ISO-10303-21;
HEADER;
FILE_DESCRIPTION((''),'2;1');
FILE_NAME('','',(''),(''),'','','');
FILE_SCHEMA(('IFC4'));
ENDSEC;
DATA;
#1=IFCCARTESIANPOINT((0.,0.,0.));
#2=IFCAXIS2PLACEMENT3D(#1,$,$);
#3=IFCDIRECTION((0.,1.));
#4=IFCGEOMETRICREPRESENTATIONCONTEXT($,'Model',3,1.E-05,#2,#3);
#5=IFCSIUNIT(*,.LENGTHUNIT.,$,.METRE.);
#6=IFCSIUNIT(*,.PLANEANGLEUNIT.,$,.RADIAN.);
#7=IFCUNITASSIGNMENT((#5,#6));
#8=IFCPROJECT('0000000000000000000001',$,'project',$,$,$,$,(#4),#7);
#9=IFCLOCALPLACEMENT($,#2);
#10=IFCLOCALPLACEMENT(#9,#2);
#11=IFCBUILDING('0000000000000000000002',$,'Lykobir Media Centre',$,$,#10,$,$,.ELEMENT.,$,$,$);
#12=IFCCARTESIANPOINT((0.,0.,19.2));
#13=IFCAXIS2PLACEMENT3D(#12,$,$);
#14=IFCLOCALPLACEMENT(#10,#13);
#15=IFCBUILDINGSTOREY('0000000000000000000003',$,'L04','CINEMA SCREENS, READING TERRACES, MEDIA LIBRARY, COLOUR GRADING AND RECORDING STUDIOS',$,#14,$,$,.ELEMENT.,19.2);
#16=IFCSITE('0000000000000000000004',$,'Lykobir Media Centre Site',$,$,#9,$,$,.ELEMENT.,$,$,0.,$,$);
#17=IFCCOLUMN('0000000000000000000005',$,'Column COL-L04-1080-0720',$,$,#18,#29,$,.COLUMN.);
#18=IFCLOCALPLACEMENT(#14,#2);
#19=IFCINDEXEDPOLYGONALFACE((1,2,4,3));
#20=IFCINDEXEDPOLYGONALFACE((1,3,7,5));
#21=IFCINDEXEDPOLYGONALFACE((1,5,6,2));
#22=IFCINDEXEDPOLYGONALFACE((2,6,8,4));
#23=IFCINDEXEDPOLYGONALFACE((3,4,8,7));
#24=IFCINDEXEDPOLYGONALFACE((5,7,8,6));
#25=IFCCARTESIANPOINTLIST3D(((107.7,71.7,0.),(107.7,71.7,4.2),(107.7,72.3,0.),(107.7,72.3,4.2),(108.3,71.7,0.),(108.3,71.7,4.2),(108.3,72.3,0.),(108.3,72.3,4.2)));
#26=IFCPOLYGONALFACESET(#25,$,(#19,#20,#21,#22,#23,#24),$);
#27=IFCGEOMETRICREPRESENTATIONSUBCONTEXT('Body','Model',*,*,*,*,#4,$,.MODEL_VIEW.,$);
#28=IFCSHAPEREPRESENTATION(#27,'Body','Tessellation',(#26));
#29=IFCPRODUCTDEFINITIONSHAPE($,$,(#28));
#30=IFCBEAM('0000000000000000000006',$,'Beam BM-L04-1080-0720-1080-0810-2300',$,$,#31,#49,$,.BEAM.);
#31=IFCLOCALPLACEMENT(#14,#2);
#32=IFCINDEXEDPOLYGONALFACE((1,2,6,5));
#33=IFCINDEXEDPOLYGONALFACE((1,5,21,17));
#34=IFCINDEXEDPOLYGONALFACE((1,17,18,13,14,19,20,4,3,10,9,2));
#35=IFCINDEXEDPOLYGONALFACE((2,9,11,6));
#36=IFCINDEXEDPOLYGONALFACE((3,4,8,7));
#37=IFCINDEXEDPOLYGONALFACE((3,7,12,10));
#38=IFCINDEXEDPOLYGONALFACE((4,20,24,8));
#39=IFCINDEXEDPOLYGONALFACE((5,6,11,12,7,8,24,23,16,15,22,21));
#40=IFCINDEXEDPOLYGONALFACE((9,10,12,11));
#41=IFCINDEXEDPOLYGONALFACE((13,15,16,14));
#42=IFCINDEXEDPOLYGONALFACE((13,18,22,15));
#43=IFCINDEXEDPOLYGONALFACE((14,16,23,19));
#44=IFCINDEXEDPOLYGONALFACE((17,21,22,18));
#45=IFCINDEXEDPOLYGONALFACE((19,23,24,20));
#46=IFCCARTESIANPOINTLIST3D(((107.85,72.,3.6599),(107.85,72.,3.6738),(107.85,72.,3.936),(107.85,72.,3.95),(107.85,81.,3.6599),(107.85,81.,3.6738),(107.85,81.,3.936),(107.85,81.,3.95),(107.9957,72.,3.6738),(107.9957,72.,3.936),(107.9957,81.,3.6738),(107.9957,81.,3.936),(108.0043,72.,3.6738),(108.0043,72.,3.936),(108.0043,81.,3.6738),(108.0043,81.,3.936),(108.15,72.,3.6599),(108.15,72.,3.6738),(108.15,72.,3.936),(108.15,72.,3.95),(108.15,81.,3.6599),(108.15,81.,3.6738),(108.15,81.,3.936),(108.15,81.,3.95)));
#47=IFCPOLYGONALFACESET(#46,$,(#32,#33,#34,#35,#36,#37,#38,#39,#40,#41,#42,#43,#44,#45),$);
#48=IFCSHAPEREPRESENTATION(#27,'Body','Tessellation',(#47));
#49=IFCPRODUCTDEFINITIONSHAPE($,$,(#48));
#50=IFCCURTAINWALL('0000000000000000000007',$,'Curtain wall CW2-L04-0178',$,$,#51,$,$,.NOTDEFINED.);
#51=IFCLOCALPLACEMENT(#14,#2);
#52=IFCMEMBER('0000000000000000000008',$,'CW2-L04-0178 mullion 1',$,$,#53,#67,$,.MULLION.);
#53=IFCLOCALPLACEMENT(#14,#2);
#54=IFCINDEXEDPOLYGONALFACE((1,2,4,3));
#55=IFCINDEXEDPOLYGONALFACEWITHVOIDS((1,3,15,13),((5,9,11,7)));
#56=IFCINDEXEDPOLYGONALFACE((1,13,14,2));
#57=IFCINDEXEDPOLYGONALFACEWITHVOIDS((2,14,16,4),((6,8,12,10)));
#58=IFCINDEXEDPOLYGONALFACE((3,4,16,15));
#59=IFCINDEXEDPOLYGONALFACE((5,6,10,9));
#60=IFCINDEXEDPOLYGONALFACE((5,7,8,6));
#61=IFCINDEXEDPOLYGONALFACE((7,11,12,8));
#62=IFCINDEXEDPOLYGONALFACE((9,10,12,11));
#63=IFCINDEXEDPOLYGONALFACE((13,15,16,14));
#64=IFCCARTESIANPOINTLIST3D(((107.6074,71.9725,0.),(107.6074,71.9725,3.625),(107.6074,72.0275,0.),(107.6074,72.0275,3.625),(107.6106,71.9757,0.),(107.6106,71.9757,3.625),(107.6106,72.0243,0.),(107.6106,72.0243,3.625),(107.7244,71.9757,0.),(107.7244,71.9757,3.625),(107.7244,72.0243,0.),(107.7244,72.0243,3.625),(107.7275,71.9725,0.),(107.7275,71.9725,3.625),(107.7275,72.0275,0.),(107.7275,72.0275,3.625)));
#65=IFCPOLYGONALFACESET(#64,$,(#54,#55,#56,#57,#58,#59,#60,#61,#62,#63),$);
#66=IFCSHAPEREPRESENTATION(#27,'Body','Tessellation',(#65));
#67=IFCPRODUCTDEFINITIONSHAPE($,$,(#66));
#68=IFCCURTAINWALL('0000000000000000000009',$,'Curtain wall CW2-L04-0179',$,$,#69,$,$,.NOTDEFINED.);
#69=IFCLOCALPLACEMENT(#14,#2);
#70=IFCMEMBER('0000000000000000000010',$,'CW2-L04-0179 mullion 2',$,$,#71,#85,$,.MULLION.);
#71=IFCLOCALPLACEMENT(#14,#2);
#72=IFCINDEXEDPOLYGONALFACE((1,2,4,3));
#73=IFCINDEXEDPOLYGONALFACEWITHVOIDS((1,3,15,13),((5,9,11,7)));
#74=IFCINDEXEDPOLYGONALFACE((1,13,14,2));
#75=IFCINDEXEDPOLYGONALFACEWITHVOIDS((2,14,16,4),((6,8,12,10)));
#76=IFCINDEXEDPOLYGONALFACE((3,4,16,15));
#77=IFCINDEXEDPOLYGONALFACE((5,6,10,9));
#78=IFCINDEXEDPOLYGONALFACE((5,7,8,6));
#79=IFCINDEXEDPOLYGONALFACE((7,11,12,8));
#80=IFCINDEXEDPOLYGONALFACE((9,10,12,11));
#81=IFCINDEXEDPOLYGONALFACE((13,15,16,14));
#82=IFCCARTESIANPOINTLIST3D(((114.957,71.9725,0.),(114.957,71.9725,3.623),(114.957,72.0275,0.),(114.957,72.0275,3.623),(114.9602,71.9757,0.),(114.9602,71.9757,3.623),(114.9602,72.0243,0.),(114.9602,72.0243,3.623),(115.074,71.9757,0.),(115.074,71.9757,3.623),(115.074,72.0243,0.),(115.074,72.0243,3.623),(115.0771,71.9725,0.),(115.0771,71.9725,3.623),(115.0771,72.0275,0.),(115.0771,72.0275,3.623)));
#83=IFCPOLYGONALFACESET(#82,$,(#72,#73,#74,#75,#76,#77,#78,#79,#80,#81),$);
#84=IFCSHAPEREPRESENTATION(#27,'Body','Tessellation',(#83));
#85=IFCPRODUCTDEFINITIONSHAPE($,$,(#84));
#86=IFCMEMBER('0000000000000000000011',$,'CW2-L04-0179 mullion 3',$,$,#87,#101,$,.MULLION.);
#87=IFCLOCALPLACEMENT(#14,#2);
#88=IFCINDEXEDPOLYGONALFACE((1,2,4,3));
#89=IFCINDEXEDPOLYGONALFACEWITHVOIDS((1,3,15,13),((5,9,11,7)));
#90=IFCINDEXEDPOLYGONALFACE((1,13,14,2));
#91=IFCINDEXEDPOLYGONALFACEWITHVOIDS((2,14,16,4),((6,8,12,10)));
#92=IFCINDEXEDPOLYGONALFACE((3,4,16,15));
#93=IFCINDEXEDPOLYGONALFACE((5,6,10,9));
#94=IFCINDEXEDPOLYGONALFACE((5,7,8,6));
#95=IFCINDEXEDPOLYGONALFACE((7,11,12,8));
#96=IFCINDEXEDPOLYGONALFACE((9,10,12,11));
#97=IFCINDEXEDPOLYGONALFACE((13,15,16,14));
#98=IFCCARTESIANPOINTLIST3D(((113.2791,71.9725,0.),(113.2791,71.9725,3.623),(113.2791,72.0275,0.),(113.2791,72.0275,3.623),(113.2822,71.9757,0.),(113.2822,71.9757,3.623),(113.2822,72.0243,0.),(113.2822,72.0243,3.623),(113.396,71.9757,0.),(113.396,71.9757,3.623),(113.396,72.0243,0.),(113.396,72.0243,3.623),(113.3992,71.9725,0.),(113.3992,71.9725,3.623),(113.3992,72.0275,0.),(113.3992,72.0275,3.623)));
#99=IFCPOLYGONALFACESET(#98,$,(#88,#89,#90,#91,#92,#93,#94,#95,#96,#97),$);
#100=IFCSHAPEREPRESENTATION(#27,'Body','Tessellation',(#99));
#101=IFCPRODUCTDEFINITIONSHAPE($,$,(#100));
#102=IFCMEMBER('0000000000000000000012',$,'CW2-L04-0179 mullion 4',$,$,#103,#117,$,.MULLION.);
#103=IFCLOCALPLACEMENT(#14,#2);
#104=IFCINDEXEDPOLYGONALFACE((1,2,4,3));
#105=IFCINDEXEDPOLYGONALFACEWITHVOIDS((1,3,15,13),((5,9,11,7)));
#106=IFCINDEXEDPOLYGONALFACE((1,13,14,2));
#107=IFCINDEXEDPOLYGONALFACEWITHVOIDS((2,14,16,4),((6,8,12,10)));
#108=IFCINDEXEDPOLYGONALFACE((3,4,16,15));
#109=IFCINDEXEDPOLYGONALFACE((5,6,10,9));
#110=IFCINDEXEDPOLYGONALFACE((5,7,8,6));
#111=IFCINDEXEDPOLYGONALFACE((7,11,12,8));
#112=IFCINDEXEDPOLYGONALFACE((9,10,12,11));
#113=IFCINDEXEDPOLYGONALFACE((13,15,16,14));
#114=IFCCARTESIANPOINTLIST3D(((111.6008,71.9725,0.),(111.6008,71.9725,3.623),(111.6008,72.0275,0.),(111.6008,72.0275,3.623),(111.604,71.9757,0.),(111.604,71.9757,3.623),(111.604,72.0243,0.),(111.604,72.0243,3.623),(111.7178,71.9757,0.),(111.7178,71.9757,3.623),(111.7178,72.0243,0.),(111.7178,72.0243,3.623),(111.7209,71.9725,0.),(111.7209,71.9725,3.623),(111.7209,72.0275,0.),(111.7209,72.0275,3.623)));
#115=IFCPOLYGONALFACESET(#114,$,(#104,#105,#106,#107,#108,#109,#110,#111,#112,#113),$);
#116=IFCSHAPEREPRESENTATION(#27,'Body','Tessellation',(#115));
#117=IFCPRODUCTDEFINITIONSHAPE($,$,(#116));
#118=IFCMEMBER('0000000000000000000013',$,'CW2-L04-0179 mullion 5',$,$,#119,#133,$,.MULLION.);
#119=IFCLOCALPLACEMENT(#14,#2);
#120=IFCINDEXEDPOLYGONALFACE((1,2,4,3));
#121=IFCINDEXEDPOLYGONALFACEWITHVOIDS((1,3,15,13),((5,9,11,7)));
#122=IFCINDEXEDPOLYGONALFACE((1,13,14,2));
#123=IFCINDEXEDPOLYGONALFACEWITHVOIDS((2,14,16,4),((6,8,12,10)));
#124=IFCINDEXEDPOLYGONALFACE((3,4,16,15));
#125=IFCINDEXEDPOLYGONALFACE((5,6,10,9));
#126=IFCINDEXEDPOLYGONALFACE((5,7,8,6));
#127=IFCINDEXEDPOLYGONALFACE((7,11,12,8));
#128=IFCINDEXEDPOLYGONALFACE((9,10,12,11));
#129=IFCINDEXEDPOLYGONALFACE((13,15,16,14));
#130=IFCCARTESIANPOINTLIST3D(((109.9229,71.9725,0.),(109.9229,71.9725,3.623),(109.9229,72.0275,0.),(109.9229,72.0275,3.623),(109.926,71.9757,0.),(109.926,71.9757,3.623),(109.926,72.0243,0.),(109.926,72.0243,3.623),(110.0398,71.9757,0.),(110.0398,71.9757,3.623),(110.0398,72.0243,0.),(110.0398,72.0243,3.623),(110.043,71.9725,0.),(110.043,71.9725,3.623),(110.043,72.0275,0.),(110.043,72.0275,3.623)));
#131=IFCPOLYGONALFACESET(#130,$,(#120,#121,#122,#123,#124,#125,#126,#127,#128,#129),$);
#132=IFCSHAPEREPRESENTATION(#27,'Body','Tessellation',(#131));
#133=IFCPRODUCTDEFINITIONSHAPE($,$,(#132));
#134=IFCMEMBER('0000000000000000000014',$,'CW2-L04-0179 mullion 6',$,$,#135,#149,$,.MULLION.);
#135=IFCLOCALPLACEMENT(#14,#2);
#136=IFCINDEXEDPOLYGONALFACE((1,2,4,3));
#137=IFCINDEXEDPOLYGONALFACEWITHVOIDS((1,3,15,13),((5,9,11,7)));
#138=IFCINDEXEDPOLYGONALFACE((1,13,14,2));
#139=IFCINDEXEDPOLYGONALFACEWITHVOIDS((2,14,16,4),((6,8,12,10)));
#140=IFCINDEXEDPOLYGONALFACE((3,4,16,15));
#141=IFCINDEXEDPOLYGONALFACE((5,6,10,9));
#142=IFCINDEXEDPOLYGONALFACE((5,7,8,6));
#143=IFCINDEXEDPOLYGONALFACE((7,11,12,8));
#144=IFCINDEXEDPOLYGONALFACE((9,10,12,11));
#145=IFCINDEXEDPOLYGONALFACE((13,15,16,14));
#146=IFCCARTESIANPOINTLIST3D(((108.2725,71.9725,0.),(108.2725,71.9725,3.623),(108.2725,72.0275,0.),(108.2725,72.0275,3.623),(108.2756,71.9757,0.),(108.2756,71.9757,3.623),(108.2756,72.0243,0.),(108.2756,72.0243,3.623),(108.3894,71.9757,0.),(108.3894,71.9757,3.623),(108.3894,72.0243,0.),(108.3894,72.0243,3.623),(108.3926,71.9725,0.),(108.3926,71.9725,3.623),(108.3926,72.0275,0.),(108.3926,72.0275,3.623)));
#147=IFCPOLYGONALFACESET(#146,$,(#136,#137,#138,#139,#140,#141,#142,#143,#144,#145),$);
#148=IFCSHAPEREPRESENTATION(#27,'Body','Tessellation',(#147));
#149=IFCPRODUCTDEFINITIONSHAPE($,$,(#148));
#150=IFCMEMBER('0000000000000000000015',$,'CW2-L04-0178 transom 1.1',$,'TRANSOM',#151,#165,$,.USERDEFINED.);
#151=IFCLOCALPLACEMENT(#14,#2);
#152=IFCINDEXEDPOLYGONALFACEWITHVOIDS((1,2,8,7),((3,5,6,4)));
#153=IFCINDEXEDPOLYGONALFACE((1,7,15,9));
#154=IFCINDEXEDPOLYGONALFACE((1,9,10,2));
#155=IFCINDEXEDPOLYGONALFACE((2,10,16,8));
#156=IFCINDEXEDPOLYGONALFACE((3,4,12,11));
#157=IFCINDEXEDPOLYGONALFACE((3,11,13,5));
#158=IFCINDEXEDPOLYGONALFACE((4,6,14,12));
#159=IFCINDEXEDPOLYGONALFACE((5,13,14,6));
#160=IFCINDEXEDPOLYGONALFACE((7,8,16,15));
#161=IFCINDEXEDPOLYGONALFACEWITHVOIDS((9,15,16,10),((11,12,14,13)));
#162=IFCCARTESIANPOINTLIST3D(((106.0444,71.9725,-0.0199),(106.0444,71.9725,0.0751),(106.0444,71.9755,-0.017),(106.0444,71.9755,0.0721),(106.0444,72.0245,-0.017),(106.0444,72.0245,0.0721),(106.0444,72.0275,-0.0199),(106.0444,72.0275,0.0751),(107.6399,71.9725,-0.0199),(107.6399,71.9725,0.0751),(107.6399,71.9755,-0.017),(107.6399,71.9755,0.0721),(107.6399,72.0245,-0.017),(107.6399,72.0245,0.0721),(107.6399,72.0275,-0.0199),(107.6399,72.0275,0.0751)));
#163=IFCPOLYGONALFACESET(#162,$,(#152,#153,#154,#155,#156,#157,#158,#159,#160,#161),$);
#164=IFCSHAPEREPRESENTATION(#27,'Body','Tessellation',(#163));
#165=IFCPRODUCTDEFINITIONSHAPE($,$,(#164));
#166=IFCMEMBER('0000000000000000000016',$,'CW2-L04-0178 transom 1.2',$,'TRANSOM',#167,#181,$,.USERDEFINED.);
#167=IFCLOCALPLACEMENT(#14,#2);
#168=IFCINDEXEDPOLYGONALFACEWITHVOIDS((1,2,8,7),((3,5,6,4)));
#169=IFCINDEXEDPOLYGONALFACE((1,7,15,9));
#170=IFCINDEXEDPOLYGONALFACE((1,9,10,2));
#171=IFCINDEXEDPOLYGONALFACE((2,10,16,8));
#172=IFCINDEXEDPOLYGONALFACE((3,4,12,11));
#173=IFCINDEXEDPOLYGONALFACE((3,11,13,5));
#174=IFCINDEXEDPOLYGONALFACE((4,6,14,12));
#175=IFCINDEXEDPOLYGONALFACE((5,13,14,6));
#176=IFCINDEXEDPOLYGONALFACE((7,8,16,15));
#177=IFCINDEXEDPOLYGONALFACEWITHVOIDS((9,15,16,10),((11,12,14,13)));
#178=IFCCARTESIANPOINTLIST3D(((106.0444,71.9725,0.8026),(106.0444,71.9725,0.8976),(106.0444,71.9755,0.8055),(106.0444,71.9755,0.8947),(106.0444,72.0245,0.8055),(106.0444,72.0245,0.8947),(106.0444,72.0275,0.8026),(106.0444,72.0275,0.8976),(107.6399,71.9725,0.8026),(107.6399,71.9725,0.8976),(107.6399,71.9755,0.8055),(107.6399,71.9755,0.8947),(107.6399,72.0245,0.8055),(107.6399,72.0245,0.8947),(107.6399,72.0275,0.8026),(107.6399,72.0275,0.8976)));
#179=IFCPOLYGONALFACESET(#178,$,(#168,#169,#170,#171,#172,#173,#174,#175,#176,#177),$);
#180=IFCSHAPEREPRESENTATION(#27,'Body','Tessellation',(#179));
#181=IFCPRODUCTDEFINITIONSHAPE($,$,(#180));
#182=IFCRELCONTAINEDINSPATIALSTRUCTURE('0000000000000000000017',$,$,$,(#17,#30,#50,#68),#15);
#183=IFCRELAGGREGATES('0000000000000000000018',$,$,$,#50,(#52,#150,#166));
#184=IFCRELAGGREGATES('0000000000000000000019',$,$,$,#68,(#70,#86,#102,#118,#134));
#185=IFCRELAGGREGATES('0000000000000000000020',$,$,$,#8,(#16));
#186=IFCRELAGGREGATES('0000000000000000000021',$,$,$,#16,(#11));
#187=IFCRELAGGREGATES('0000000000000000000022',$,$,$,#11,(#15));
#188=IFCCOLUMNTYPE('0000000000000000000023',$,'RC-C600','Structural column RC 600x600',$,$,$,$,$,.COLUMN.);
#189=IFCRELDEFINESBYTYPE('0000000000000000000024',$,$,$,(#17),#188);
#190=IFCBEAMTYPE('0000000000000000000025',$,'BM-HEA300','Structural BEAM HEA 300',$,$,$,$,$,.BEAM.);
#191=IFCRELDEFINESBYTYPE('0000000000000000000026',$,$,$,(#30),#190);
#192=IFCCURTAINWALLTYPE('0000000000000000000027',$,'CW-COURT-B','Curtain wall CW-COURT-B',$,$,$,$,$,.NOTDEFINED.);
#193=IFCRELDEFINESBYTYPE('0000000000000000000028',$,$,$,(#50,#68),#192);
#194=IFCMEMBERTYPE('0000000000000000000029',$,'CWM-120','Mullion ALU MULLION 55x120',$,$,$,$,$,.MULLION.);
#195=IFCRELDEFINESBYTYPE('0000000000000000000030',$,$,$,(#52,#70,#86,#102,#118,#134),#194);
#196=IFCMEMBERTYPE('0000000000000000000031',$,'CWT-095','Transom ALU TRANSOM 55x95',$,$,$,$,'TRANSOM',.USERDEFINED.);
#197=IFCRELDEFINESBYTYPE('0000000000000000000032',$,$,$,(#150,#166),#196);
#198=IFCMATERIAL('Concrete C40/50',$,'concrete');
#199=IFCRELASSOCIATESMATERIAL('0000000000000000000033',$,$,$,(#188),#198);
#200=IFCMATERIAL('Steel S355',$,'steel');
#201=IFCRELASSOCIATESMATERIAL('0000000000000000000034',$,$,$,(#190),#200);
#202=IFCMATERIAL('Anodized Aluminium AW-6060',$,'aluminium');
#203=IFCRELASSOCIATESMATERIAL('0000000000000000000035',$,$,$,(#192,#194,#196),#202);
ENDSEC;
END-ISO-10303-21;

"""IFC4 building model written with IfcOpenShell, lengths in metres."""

from ifc_helpers import new_model, si_unit, direction, frame, origin, origin_2d, place, context, subcontext, project, spatial, rectangle, hollow_rectangle, i_section, extrude, material, material_profile, profile_set, type_object, element, aggregate, save


model = new_model("IFC4")

# Units and contexts
model_context = context("Model", 3, precision=1e-05, world=origin(), true_north=direction((0.0, 1.0)))
body_context = subcontext(model_context, "Body", "Model", "MODEL_VIEW")
ifc_project = project(units=[si_unit("LENGTHUNIT", "METRE"), si_unit("PLANEANGLEUNIT", "RADIAN")], contexts=[model_context])

# Site, building, storey
site_placement = place(None, origin())
site = spatial("IfcSite", under=ifc_project, at=site_placement, Name="Lykobir Media Centre Site", CompositionType="ELEMENT", RefElevation=0.0)
building_placement = place(site_placement, origin())
building = spatial("IfcBuilding", under=site, at=building_placement, Name="Lykobir Media Centre", CompositionType="ELEMENT")
storey_placement = place(building_placement, frame((0.0, 0.0, 19.2)))
storey = spatial("IfcBuildingStorey", under=building, at=storey_placement, Name="L04", Description="CINEMA SCREENS, READING TERRACES, MEDIA LIBRARY, COLOUR GRADING AND RECORDING STUDIOS", CompositionType="ELEMENT", Elevation=19.2)

# Column
ifc_material_1 = material(Name="Concrete C40/50", Category="concrete")
ifc_material_profile_1 = material_profile(ifc_material_1, rectangle(XDim=0.6001, YDim=0.6001, at=origin_2d()), Name="RC 600x600")
ifc_profile_set_1 = profile_set([ifc_material_profile_1], Name="Concrete C40/50")
column_type = type_object("IfcColumnType", Name="RC-C600", Description="Structural column RC 600x600", PredefinedType="COLUMN", material=ifc_profile_set_1)
column_placement = place(storey_placement, frame((108.0, 72.0, 0.0), z_axis=(0.0, 0.0, 1.0), x_axis=(1.0, 0.0, 0.0)))
element("IfcColumn", 1, at=column_placement, inside=storey, type_object=column_type, Name="Column COL-L04-1080-0720", PredefinedType="COLUMN", context=body_context, shape_type="SweptSolid", body=[
    extrude(rectangle(XDim=0.6001, YDim=0.6001, at=origin_2d()), origin(), (0.0, 0.0, 1.0), 4.2),
])

# Beam
ifc_material_2 = material(Name="Steel S355", Category="steel")
ifc_material_profile_2 = material_profile(ifc_material_2, i_section(OverallWidth=0.3, OverallDepth=0.29, WebThickness=0.0085, FlangeThickness=0.0139, at=origin_2d()), Name="HEA 300")
ifc_profile_set_2 = profile_set([ifc_material_profile_2], Name="Steel S355")
beam_type_1 = type_object("IfcBeamType", Name="BM-HEA300", Description="Structural BEAM HEA 300", PredefinedType="BEAM", material=ifc_profile_set_2)
beam_1_placement = place(storey_placement, frame((108.0, 72.0, 3.8049), z_axis=(0.0, 1.0, 0.0), x_axis=(-1.0, 0.0, 0.0)))
element("IfcBeam", 2, at=beam_1_placement, inside=storey, type_object=beam_type_1, Name="Beam BM-L04-1080-0720-1080-0810-2300", PredefinedType="BEAM", context=body_context, shape_type="SweptSolid", body=[
    extrude(i_section(OverallWidth=0.3, OverallDepth=0.29, WebThickness=0.0085, FlangeThickness=0.0139, at=origin_2d()), origin(), (0.0, 0.0, 1.0), 9.0),
])

# Curtain wall, member
ifc_material_3 = material(Name="Anodized Aluminium AW-6060", Category="aluminium")
curtain_wall_type = type_object("IfcCurtainWallType", Name="CW-COURT-B", Description="Curtain wall CW-COURT-B", PredefinedType="NOTDEFINED", material=ifc_material_3)
curtain_wall_1_placement = place(storey_placement, origin())
curtain_wall_1 = element("IfcCurtainWall", 3, at=curtain_wall_1_placement, inside=storey, type_object=curtain_wall_type, Name="Curtain wall CW2-L04-0178", PredefinedType="NOTDEFINED")
ifc_material_profile_3 = material_profile(ifc_material_3, hollow_rectangle(XDim=0.0549, YDim=0.1201, WallThickness=0.0032, at=origin_2d()), Name="ALU MULLION 55x120")
ifc_profile_set_3 = profile_set([ifc_material_profile_3], Name="Anodized Aluminium AW-6060")
member_type_1 = type_object("IfcMemberType", Name="CWM-120", Description="Mullion ALU MULLION 55x120", PredefinedType="MULLION", material=ifc_profile_set_3)
member_1_placement = place(storey_placement, frame((107.6675, 72.0, 0.0), z_axis=(0.0, 0.0, 1.0), x_axis=(0.0, -1.0, 0.0)))
member_1 = element("IfcMember", 4, at=member_1_placement, type_object=member_type_1, Name="CW2-L04-0178 mullion 1", PredefinedType="MULLION", context=body_context, shape_type="SweptSolid", body=[
    extrude(hollow_rectangle(XDim=0.0549, YDim=0.1201, WallThickness=0.0032, at=origin_2d()), origin(), (0.0, 0.0, 1.0), 3.625),
])

# Curtain wall, members
curtain_wall_2_placement = place(storey_placement, origin())
curtain_wall_2 = element("IfcCurtainWall", 5, at=curtain_wall_2_placement, inside=storey, type_object=curtain_wall_type, Name="Curtain wall CW2-L04-0179", PredefinedType="NOTDEFINED")
member_2_placement = place(storey_placement, frame((115.0171, 72.0, 0.0), z_axis=(0.0, 0.0, 1.0), x_axis=(0.0, -1.0, 0.0)))
member_2 = element("IfcMember", 6, at=member_2_placement, type_object=member_type_1, Name="CW2-L04-0179 mullion 2", PredefinedType="MULLION", context=body_context, shape_type="SweptSolid", body=[
    extrude(hollow_rectangle(XDim=0.0549, YDim=0.1201, WallThickness=0.0032, at=origin_2d()), origin(), (0.0, 0.0, 1.0), 3.623),
])
member_3_placement = place(storey_placement, frame((113.3391, 72.0, 0.0), z_axis=(0.0, 0.0, 1.0), x_axis=(0.0, -1.0, 0.0)))
member_3 = element("IfcMember", 7, at=member_3_placement, type_object=member_type_1, Name="CW2-L04-0179 mullion 3", PredefinedType="MULLION", context=body_context, shape_type="SweptSolid", body=[
    extrude(hollow_rectangle(XDim=0.0549, YDim=0.1201, WallThickness=0.0032, at=origin_2d()), origin(), (0.0, 0.0, 1.0), 3.623),
])
member_4_placement = place(storey_placement, frame((111.6609, 72.0, 0.0), z_axis=(0.0, 0.0, 1.0), x_axis=(0.0, -1.0, 0.0)))
member_4 = element("IfcMember", 8, at=member_4_placement, type_object=member_type_1, Name="CW2-L04-0179 mullion 4", PredefinedType="MULLION", context=body_context, shape_type="SweptSolid", body=[
    extrude(hollow_rectangle(XDim=0.0549, YDim=0.1201, WallThickness=0.0032, at=origin_2d()), origin(), (0.0, 0.0, 1.0), 3.623),
])
member_5_placement = place(storey_placement, frame((109.9829, 72.0, 0.0), z_axis=(0.0, 0.0, 1.0), x_axis=(0.0, -1.0, 0.0)))
member_5 = element("IfcMember", 9, at=member_5_placement, type_object=member_type_1, Name="CW2-L04-0179 mullion 5", PredefinedType="MULLION", context=body_context, shape_type="SweptSolid", body=[
    extrude(hollow_rectangle(XDim=0.0549, YDim=0.1201, WallThickness=0.0032, at=origin_2d()), origin(), (0.0, 0.0, 1.0), 3.623),
])
member_6_placement = place(storey_placement, frame((108.3325, 72.0, 0.0), z_axis=(0.0, 0.0, 1.0), x_axis=(0.0, -1.0, 0.0)))
member_6 = element("IfcMember", 10, at=member_6_placement, type_object=member_type_1, Name="CW2-L04-0179 mullion 6", PredefinedType="MULLION", context=body_context, shape_type="SweptSolid", body=[
    extrude(hollow_rectangle(XDim=0.0549, YDim=0.1201, WallThickness=0.0032, at=origin_2d()), origin(), (0.0, 0.0, 1.0), 3.623),
])

# Members
ifc_material_profile_4 = material_profile(ifc_material_3, hollow_rectangle(XDim=0.0549, YDim=0.095, WallThickness=0.0029, at=origin_2d()), Name="ALU TRANSOM 55x95")
ifc_profile_set_4 = profile_set([ifc_material_profile_4], Name="Anodized Aluminium AW-6060")
member_type_2 = type_object("IfcMemberType", Name="CWT-095", Description="Transom ALU TRANSOM 55x95", ElementType="TRANSOM", PredefinedType="USERDEFINED", material=ifc_profile_set_4)
member_7_placement = place(storey_placement, frame((107.6399, 72.0, 0.0276), z_axis=(-1.0, 0.0, 0.0), x_axis=(0.0, -1.0, 0.0)))
member_7 = element("IfcMember", 11, at=member_7_placement, type_object=member_type_2, Name="CW2-L04-0178 transom 1.1", ObjectType="TRANSOM", PredefinedType="USERDEFINED", context=body_context, shape_type="SweptSolid", body=[
    extrude(hollow_rectangle(XDim=0.0549, YDim=0.095, WallThickness=0.0029, at=origin_2d()), origin(), (0.0, 0.0, 1.0), 1.5955),
])
member_8_placement = place(storey_placement, frame((107.6399, 72.0, 0.8501), z_axis=(-1.0, 0.0, 0.0), x_axis=(0.0, -1.0, 0.0)))
member_8 = element("IfcMember", 12, at=member_8_placement, type_object=member_type_2, Name="CW2-L04-0178 transom 1.2", ObjectType="TRANSOM", PredefinedType="USERDEFINED", context=body_context, shape_type="SweptSolid", body=[
    extrude(hollow_rectangle(XDim=0.0549, YDim=0.095, WallThickness=0.0029, at=origin_2d()), origin(), (0.0, 0.0, 1.0), 1.5955),
])

aggregate(curtain_wall_1, [member_1, member_7, member_8])
aggregate(curtain_wall_2, [member_2, member_3, member_4, member_5, member_6])

save(model, "model.ifc")
